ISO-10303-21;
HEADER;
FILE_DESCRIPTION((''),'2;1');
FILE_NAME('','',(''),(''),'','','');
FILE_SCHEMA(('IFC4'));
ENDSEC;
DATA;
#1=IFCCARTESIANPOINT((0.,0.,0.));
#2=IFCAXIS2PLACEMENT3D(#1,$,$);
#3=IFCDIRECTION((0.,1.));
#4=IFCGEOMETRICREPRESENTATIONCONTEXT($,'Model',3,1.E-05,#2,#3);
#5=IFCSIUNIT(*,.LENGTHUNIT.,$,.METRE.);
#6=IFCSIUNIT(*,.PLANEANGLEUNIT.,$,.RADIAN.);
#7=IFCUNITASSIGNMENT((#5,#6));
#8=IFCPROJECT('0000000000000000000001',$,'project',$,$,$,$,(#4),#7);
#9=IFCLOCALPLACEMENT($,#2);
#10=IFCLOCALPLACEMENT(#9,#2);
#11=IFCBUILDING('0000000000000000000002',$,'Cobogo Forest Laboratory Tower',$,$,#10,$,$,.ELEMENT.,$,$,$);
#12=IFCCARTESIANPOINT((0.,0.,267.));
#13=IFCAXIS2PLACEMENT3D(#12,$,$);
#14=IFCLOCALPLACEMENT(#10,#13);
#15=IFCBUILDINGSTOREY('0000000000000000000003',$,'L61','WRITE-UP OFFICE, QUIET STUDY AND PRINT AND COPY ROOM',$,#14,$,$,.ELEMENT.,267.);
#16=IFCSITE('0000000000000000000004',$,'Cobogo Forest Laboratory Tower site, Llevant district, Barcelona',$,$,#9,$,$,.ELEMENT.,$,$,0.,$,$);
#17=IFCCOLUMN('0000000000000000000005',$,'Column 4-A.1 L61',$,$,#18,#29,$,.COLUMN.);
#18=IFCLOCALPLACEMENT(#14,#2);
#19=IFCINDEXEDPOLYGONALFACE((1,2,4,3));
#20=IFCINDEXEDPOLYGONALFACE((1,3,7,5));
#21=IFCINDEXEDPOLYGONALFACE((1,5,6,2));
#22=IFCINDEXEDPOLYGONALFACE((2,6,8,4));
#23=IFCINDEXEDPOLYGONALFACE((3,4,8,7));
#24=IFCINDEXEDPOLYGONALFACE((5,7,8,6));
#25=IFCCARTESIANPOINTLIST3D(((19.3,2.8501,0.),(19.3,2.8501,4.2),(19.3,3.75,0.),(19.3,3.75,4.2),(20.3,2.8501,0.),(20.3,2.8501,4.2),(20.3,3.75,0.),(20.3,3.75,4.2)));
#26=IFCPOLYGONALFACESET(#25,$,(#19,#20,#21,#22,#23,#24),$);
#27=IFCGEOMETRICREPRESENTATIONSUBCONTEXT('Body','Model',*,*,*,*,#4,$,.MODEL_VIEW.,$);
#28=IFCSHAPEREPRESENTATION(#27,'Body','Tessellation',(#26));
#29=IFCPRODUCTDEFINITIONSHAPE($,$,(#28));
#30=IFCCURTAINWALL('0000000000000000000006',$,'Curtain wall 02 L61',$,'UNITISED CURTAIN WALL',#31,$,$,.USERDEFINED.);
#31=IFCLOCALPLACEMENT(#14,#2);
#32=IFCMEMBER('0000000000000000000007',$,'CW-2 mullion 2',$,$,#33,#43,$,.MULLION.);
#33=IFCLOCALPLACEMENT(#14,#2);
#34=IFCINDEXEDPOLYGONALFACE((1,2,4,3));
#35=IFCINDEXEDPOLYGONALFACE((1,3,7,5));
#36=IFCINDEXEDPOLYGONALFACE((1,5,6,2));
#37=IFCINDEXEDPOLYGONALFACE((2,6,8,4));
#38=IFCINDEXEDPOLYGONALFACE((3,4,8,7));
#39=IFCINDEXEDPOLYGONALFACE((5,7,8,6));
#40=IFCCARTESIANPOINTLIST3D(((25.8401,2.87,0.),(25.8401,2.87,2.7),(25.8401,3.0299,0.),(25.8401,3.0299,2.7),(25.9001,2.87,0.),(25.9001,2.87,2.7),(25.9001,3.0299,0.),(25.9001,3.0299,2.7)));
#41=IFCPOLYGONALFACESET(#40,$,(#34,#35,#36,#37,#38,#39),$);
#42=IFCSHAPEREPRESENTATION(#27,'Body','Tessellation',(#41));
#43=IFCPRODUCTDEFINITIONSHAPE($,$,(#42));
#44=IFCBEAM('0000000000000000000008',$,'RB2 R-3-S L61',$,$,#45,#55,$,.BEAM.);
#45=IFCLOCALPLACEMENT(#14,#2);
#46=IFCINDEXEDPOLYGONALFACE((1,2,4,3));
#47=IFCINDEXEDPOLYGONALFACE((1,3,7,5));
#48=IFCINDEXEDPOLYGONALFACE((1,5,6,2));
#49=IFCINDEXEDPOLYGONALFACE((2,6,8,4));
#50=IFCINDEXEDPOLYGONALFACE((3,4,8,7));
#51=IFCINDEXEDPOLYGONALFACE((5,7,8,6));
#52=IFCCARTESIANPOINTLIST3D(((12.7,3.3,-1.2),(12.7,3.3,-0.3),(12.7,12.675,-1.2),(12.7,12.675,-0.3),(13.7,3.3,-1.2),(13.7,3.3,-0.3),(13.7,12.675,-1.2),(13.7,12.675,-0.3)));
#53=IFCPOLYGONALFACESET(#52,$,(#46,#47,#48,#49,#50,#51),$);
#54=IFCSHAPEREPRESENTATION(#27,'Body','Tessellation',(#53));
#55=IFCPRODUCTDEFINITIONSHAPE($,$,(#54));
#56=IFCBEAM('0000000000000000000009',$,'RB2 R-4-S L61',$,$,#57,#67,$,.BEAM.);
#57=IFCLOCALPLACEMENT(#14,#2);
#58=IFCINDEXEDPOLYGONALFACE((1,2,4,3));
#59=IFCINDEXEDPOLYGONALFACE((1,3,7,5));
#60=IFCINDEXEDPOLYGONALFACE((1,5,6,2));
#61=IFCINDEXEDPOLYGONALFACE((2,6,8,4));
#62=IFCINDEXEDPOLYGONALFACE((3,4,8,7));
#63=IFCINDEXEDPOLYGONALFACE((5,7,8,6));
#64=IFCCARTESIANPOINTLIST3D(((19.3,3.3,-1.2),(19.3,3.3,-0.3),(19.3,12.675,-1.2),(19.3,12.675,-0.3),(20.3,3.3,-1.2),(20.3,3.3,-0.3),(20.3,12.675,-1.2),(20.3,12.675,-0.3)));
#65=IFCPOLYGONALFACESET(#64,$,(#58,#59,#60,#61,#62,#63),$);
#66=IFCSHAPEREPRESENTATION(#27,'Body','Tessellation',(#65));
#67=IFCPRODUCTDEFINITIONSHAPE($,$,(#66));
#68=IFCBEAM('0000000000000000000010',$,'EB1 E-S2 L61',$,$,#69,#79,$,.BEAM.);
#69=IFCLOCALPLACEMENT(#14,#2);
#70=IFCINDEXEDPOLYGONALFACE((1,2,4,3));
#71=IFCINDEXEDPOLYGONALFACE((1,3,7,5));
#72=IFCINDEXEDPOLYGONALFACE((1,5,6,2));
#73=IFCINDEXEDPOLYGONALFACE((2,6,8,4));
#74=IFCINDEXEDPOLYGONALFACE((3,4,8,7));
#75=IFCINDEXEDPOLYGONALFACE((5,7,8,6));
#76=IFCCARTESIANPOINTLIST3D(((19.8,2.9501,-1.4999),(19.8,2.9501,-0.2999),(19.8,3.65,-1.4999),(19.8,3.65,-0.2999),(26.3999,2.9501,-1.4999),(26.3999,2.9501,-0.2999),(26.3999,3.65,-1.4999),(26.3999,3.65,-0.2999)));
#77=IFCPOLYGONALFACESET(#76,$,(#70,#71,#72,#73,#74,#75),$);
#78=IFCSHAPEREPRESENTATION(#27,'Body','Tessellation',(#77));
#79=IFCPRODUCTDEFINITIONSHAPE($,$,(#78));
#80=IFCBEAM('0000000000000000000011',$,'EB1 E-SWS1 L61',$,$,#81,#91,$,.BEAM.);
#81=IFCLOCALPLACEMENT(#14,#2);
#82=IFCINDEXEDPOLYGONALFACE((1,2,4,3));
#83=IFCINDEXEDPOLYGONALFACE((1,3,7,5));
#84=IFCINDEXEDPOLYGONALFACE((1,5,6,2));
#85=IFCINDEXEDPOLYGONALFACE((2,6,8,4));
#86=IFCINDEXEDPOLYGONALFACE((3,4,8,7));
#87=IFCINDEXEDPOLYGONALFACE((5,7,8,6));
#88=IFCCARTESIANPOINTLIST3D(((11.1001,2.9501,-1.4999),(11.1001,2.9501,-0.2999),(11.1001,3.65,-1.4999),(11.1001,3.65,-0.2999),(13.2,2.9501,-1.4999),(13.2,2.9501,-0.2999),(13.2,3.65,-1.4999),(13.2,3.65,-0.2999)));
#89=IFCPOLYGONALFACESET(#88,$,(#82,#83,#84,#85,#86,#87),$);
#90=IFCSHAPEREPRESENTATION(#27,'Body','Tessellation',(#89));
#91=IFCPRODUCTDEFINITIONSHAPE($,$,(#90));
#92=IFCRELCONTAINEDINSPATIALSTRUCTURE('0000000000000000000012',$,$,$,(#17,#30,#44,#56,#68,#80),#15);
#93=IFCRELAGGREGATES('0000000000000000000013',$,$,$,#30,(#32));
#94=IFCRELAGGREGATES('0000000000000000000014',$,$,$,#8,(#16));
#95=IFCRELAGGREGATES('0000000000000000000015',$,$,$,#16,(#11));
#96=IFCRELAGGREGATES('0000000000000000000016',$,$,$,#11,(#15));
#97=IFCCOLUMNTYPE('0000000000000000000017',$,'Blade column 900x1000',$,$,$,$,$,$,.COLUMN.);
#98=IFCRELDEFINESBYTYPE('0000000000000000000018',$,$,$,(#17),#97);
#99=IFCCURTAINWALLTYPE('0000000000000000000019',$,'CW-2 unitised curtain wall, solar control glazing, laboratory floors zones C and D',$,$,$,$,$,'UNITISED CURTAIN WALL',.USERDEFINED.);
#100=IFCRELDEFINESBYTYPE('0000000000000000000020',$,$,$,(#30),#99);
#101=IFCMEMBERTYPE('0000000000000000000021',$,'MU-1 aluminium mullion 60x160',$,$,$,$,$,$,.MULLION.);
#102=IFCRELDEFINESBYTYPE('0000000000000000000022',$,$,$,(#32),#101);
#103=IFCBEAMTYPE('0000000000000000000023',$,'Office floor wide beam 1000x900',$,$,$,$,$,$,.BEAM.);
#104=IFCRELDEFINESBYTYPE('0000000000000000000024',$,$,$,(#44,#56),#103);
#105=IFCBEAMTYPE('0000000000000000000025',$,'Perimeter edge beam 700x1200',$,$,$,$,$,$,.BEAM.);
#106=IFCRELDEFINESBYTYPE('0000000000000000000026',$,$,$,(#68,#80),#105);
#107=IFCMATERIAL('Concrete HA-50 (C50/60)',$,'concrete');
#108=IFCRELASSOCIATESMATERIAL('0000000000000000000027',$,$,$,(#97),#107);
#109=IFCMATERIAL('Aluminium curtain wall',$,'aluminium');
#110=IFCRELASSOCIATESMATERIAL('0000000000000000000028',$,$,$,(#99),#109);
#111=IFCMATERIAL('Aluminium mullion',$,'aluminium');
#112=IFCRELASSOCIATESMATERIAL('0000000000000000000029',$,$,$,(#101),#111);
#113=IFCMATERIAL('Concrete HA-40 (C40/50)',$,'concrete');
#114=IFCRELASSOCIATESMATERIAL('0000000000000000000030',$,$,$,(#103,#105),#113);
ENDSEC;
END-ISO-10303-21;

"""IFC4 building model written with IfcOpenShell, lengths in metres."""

from ifc_helpers import new_model, si_unit, direction, frame, origin, origin_2d, place, context, subcontext, project, spatial, rectangle, extrude, material, material_profile, profile_set, type_object, element, aggregate, save


model = new_model("IFC4")

# Units and contexts
model_context = context("Model", 3, precision=1e-05, world=origin(), true_north=direction((0.0, 1.0)))
body_context = subcontext(model_context, "Body", "Model", "MODEL_VIEW")
ifc_project = project(units=[si_unit("LENGTHUNIT", "METRE"), si_unit("PLANEANGLEUNIT", "RADIAN")], contexts=[model_context])

# Site, building, storey
site_placement = place(None, origin())
site = spatial("IfcSite", under=ifc_project, at=site_placement, Name="Cobogo Forest Laboratory Tower site, Llevant district, Barcelona", CompositionType="ELEMENT", RefElevation=0.0)
building_placement = place(site_placement, origin())
building = spatial("IfcBuilding", under=site, at=building_placement, Name="Cobogo Forest Laboratory Tower", CompositionType="ELEMENT")
storey_placement = place(building_placement, frame((0.0, 0.0, 267.0)))
storey = spatial("IfcBuildingStorey", under=building, at=storey_placement, Name="L61", Description="WRITE-UP OFFICE, QUIET STUDY AND PRINT AND COPY ROOM", CompositionType="ELEMENT", Elevation=267.0)

# Column
ifc_material_1 = material(Name="Concrete HA-50 (C50/60)", Category="concrete")
ifc_material_profile_1 = material_profile(ifc_material_1, rectangle(XDim=1.0, YDim=0.8999, at=origin_2d()), Name="RC 900x1000")
ifc_profile_set_1 = profile_set([ifc_material_profile_1], Name="Concrete HA-50 (C50/60)")
column_type = type_object("IfcColumnType", Name="Blade column 900x1000", PredefinedType="COLUMN", material=ifc_profile_set_1)
column_placement = place(storey_placement, frame((19.8, 3.3, 0.0), z_axis=(0.0, 0.0, 1.0), x_axis=(1.0, 0.0, 0.0)))
element("IfcColumn", 1, at=column_placement, inside=storey, type_object=column_type, Name="Column 4-A.1 L61", PredefinedType="COLUMN", context=body_context, shape_type="SweptSolid", body=[
    extrude(rectangle(XDim=1.0, YDim=0.8999, at=origin_2d()), origin(), (0.0, 0.0, 1.0), 4.2),
])

# Curtain wall, member
ifc_material_2 = material(Name="Aluminium curtain wall", Category="aluminium")
curtain_wall_type = type_object("IfcCurtainWallType", Name="CW-2 unitised curtain wall, solar control glazing, laboratory floors zones C and D", ElementType="UNITISED CURTAIN WALL", PredefinedType="USERDEFINED", material=ifc_material_2)
curtain_wall_placement = place(storey_placement, origin())
curtain_wall = element("IfcCurtainWall", 2, at=curtain_wall_placement, inside=storey, type_object=curtain_wall_type, Name="Curtain wall 02 L61", ObjectType="UNITISED CURTAIN WALL", PredefinedType="USERDEFINED")
ifc_material_3 = material(Name="Aluminium mullion", Category="aluminium")
ifc_material_profile_2 = material_profile(ifc_material_3, rectangle(XDim=0.0601, YDim=0.1599, at=origin_2d()), Name="AL 60x160")
ifc_profile_set_2 = profile_set([ifc_material_profile_2], Name="Aluminium mullion")
member_type = type_object("IfcMemberType", Name="MU-1 aluminium mullion 60x160", PredefinedType="MULLION", material=ifc_profile_set_2)
member_placement = place(storey_placement, frame((25.8701, 2.95, 0.0), z_axis=(0.0, 0.0, 1.0), x_axis=(1.0, 0.0, 0.0)))
member = element("IfcMember", 3, at=member_placement, type_object=member_type, Name="CW-2 mullion 2", PredefinedType="MULLION", context=body_context, shape_type="SweptSolid", body=[
    extrude(rectangle(XDim=0.0601, YDim=0.1599, at=origin_2d()), origin(), (0.0, 0.0, 1.0), 2.7),
])
aggregate(curtain_wall, [member])

# Beams
ifc_material_4 = material(Name="Concrete HA-40 (C40/50)", Category="concrete")
ifc_material_profile_3 = material_profile(ifc_material_4, rectangle(XDim=1.0, YDim=0.8999, at=origin_2d()), Name="RC 1000x900")
ifc_profile_set_3 = profile_set([ifc_material_profile_3], Name="Concrete HA-40 (C40/50)")
beam_type_1 = type_object("IfcBeamType", Name="Office floor wide beam 1000x900", PredefinedType="BEAM", material=ifc_profile_set_3)
for number, where, z_axis, x_axis, name in (
    (4, (13.2, 12.675, -0.75), (0.0, -1.0, 0.0), (1.0, 0.0, 0.0), "RB2 R-3-S L61"),
    (5, (19.8, 12.675, -0.75), (0.0, -1.0, 0.0), (1.0, 0.0, 0.0), "RB2 R-4-S L61"),
):
    element("IfcBeam", number, at=place(storey_placement, frame(where, z_axis=z_axis, x_axis=x_axis)), inside=storey, type_object=beam_type_1, Name=name, PredefinedType="BEAM", context=body_context, shape_type="SweptSolid", body=[
        extrude(rectangle(XDim=1.0, YDim=0.8999, at=origin_2d()), origin(), (0.0, 0.0, 1.0), 9.375),
    ])
ifc_material_profile_4 = material_profile(ifc_material_4, rectangle(XDim=0.7, YDim=1.2, at=origin_2d()), Name="RC 700x1200")
ifc_profile_set_4 = profile_set([ifc_material_profile_4], Name="Concrete HA-40 (C40/50)")
beam_type_2 = type_object("IfcBeamType", Name="Perimeter edge beam 700x1200", PredefinedType="BEAM", material=ifc_profile_set_4)
beam_1_placement = place(storey_placement, frame((19.8, 3.3, -0.8999), z_axis=(1.0, 0.0, 0.0), x_axis=(0.0, 1.0, 0.0)))
element("IfcBeam", 6, at=beam_1_placement, inside=storey, type_object=beam_type_2, Name="EB1 E-S2 L61", PredefinedType="BEAM", context=body_context, shape_type="SweptSolid", body=[
    extrude(rectangle(XDim=0.7, YDim=1.2, at=origin_2d()), origin(), (0.0, 0.0, 1.0), 6.5999),
])
beam_2_placement = place(storey_placement, frame((13.2, 3.3, -0.8999), z_axis=(-1.0, 0.0, 0.0), x_axis=(0.0, -1.0, 0.0)))
element("IfcBeam", 7, at=beam_2_placement, inside=storey, type_object=beam_type_2, Name="EB1 E-SWS1 L61", PredefinedType="BEAM", context=body_context, shape_type="SweptSolid", body=[
    extrude(rectangle(XDim=0.7, YDim=1.2, at=origin_2d()), origin(), (0.0, 0.0, 1.0), 2.0999),
])

save(model, "model.ifc")
